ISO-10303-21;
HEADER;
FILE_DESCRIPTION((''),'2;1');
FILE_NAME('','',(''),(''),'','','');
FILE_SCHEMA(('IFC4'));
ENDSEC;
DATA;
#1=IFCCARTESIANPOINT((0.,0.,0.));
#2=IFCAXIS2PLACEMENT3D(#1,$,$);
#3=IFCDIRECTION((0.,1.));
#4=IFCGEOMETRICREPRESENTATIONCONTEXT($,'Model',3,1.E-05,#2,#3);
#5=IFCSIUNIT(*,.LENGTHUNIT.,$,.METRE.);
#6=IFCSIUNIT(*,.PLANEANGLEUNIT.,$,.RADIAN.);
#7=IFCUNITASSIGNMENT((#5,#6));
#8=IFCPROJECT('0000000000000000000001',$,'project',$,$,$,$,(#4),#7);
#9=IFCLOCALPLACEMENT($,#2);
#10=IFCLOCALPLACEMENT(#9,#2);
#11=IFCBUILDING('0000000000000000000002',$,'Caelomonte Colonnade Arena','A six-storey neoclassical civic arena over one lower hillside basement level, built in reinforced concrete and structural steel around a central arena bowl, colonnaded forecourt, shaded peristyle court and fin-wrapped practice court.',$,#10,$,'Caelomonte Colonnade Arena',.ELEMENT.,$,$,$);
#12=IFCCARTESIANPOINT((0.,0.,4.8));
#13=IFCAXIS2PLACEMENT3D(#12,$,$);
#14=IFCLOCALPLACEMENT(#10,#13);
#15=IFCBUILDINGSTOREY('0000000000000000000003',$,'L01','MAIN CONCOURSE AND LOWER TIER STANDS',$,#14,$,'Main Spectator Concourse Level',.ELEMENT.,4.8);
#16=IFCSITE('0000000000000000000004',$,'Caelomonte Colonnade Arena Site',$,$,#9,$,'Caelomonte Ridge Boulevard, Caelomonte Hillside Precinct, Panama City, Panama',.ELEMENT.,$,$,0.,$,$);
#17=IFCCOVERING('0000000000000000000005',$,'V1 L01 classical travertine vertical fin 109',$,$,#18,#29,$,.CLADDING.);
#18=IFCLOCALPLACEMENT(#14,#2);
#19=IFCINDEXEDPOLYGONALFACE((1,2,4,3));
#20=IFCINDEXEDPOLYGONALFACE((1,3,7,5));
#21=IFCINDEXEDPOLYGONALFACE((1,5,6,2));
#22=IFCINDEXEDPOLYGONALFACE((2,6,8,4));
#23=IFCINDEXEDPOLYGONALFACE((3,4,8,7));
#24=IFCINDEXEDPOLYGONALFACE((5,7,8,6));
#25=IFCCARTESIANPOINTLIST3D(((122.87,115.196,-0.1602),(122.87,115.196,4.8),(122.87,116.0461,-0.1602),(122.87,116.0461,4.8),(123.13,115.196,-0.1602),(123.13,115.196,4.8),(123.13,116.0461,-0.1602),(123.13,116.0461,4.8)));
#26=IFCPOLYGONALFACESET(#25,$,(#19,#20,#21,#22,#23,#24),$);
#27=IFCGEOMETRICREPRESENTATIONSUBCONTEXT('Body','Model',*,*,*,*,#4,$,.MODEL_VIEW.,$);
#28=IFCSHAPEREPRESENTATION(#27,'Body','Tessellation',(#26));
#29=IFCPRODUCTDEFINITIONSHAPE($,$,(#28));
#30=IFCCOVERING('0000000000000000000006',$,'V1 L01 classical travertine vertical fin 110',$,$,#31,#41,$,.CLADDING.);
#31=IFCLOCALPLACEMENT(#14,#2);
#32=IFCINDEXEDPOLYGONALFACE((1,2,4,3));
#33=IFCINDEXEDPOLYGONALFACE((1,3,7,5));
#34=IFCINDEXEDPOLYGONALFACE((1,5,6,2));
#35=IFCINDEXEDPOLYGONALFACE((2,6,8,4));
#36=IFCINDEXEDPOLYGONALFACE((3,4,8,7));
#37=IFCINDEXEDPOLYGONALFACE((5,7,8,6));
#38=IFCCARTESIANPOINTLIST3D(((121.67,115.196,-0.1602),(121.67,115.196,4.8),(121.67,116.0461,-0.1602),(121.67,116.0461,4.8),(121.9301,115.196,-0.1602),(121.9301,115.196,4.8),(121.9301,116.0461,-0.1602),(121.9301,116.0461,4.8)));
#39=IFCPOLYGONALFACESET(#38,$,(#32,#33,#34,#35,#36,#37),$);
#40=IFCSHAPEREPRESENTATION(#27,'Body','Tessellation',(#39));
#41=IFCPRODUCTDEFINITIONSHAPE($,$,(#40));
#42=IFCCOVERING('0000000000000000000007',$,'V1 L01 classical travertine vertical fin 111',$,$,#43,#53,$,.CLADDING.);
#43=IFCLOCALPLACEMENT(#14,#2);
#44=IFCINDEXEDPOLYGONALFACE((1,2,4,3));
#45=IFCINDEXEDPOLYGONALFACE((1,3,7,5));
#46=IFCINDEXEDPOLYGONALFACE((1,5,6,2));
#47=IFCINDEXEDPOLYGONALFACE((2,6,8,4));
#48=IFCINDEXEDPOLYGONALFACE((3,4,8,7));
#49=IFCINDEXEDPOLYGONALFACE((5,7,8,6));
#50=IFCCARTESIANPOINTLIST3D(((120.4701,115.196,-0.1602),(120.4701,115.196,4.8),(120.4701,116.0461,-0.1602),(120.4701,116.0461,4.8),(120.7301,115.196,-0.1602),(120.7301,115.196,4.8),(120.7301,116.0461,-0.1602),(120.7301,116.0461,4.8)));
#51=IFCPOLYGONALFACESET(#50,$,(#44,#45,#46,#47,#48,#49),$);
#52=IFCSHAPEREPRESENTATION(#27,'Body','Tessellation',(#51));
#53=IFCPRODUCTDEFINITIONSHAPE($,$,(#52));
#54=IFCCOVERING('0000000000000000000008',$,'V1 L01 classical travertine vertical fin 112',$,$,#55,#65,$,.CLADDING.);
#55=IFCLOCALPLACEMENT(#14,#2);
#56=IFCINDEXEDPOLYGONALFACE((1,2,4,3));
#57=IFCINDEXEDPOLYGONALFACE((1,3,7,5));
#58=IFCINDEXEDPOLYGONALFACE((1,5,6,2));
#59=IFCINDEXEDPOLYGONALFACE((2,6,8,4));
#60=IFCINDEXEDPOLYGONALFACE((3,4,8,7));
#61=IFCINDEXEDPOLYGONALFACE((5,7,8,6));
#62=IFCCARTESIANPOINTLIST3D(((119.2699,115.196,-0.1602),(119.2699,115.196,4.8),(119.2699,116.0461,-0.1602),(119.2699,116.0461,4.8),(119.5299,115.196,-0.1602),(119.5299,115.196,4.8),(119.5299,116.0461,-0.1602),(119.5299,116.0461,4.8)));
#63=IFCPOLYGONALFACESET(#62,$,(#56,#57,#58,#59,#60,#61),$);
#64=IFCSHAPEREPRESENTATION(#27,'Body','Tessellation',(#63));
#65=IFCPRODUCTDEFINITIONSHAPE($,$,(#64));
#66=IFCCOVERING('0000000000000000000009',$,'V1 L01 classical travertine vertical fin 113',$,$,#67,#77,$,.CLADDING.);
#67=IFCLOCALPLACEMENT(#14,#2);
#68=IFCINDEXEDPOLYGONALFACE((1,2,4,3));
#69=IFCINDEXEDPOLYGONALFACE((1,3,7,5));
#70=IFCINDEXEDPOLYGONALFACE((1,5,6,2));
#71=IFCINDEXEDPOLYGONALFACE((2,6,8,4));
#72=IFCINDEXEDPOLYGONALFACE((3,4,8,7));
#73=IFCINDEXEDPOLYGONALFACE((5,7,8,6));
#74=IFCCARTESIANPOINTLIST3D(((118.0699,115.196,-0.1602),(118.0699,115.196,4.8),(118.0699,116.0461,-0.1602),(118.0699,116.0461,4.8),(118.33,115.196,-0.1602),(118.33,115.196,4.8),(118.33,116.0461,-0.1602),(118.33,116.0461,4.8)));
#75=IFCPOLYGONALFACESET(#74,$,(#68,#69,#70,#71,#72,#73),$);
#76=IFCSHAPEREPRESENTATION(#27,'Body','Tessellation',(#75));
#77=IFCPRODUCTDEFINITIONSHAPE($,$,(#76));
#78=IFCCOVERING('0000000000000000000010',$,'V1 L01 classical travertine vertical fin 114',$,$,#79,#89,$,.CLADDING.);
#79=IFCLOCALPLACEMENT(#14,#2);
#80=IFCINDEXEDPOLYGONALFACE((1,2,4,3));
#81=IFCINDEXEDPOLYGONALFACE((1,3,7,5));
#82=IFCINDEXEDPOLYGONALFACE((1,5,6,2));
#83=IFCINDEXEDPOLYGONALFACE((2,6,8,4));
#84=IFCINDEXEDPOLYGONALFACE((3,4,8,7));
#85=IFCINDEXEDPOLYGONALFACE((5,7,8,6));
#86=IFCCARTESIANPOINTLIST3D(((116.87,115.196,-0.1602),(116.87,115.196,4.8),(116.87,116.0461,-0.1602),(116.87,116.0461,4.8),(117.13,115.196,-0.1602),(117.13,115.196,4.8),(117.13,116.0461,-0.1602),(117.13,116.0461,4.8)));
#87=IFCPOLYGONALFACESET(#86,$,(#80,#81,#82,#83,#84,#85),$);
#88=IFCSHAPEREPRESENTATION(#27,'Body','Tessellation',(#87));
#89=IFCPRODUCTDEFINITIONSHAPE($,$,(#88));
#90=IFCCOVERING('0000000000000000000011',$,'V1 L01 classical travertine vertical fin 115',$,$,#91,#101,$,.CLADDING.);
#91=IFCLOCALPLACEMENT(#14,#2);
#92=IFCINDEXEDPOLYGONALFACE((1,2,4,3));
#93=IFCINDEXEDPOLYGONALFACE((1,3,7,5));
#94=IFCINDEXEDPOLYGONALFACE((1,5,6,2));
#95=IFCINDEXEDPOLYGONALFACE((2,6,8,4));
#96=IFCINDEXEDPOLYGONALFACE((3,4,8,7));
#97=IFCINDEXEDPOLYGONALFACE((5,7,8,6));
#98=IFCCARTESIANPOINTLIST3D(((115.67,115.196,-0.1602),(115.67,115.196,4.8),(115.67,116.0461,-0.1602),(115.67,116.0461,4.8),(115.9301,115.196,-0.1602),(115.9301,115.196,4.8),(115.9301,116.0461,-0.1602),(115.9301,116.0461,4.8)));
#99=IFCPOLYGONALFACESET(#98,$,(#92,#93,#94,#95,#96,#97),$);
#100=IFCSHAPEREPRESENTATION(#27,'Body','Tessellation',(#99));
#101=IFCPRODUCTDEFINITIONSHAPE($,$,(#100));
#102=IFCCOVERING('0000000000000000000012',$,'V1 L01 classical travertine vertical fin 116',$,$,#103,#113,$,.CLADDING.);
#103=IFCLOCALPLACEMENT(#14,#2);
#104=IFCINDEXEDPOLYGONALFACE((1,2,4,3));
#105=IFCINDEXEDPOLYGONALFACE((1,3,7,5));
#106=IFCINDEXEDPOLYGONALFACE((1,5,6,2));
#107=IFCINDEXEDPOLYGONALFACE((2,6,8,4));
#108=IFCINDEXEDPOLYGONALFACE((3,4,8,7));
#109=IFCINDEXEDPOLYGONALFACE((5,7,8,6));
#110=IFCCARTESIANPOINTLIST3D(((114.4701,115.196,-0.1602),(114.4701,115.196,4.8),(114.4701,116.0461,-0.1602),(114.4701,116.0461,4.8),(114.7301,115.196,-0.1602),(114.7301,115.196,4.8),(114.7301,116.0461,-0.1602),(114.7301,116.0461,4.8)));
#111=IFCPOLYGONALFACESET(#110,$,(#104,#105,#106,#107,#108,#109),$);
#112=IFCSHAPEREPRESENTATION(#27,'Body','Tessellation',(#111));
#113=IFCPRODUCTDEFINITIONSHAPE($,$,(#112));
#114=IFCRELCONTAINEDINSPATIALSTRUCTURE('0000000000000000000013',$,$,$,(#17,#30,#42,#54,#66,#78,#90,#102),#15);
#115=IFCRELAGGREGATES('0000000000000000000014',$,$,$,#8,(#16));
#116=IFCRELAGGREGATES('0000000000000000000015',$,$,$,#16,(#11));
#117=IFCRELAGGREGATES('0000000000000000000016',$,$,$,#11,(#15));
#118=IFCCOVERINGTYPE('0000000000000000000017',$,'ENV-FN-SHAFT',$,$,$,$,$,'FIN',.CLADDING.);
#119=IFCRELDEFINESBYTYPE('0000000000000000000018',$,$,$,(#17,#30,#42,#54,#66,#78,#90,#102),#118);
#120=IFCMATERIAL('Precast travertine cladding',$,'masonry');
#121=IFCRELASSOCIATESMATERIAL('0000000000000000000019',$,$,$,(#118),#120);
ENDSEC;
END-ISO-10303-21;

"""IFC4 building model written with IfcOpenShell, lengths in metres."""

from ifc_helpers import new_model, si_unit, direction, frame, origin, origin_2d, place, context, subcontext, project, spatial, rectangle, extrude, material, material_profile, profile_set, type_object, element, save


model = new_model("IFC4")

# Units and contexts
model_context = context("Model", 3, precision=1e-05, world=origin(), true_north=direction((0.0, 1.0)))
body_context = subcontext(model_context, "Body", "Model", "MODEL_VIEW")
ifc_project = project(units=[si_unit("LENGTHUNIT", "METRE"), si_unit("PLANEANGLEUNIT", "RADIAN")], contexts=[model_context])

# Site, building, storey
site_placement = place(None, origin())
site = spatial("IfcSite", under=ifc_project, at=site_placement, Name="Caelomonte Colonnade Arena Site", LongName="Caelomonte Ridge Boulevard, Caelomonte Hillside Precinct, Panama City, Panama", CompositionType="ELEMENT", RefElevation=0.0)
building_placement = place(site_placement, origin())
building = spatial("IfcBuilding", under=site, at=building_placement, Name="Caelomonte Colonnade Arena", Description="A six-storey neoclassical civic arena over one lower hillside basement level, built in reinforced concrete and structural steel around a central arena bowl, colonnaded forecourt, shaded peristyle court and fin-wrapped practice court.", LongName="Caelomonte Colonnade Arena", CompositionType="ELEMENT")
storey_placement = place(building_placement, frame((0.0, 0.0, 4.8)))
storey = spatial("IfcBuildingStorey", under=building, at=storey_placement, Name="L01", Description="MAIN CONCOURSE AND LOWER TIER STANDS", LongName="Main Spectator Concourse Level", CompositionType="ELEMENT", Elevation=4.8)

# Coverings
ifc_material_1 = material(Name="Precast travertine cladding", Category="masonry")
ifc_material_profile_1 = material_profile(ifc_material_1, rectangle(XDim=0.26, YDim=0.8501, at=origin_2d()), Name="FIN260X850")
ifc_profile_set_1 = profile_set([ifc_material_profile_1], Name="Precast travertine cladding")
covering_type = type_object("IfcCoveringType", Name="ENV-FN-SHAFT", ElementType="FIN", PredefinedType="CLADDING", material=ifc_profile_set_1)
for number, where, z_axis, x_axis, name in (
    (1, (123.0, 115.6211, -0.1602), (0.0, 0.0, 1.0), (1.0, 0.0, 0.0), "V1 L01 classical travertine vertical fin 109"),
    (2, (121.8, 115.6211, -0.1602), (0.0, 0.0, 1.0), (1.0, 0.0, 0.0), "V1 L01 classical travertine vertical fin 110"),
    (3, (120.6001, 115.6211, -0.1602), (0.0, 0.0, 1.0), (1.0, 0.0, 0.0), "V1 L01 classical travertine vertical fin 111"),
    (4, (119.3999, 115.6211, -0.1602), (0.0, 0.0, 1.0), (1.0, 0.0, 0.0), "V1 L01 classical travertine vertical fin 112"),
    (5, (118.2, 115.6211, -0.1602), (0.0, 0.0, 1.0), (1.0, 0.0, 0.0), "V1 L01 classical travertine vertical fin 113"),
    (6, (117.0, 115.6211, -0.1602), (0.0, 0.0, 1.0), (1.0, 0.0, 0.0), "V1 L01 classical travertine vertical fin 114"),
    (7, (115.8, 115.6211, -0.1602), (0.0, 0.0, 1.0), (1.0, 0.0, 0.0), "V1 L01 classical travertine vertical fin 115"),
    (8, (114.6001, 115.6211, -0.1602), (0.0, 0.0, 1.0), (1.0, 0.0, 0.0), "V1 L01 classical travertine vertical fin 116"),
):
    element("IfcCovering", number, at=place(storey_placement, frame(where, z_axis=z_axis, x_axis=x_axis)), inside=storey, type_object=covering_type, Name=name, PredefinedType="CLADDING", context=body_context, shape_type="SweptSolid", body=[
        extrude(rectangle(XDim=0.26, YDim=0.8501, at=origin_2d()), origin(), (0.0, 0.0, 1.0), 4.9602),
    ])

save(model, "model.ifc")
